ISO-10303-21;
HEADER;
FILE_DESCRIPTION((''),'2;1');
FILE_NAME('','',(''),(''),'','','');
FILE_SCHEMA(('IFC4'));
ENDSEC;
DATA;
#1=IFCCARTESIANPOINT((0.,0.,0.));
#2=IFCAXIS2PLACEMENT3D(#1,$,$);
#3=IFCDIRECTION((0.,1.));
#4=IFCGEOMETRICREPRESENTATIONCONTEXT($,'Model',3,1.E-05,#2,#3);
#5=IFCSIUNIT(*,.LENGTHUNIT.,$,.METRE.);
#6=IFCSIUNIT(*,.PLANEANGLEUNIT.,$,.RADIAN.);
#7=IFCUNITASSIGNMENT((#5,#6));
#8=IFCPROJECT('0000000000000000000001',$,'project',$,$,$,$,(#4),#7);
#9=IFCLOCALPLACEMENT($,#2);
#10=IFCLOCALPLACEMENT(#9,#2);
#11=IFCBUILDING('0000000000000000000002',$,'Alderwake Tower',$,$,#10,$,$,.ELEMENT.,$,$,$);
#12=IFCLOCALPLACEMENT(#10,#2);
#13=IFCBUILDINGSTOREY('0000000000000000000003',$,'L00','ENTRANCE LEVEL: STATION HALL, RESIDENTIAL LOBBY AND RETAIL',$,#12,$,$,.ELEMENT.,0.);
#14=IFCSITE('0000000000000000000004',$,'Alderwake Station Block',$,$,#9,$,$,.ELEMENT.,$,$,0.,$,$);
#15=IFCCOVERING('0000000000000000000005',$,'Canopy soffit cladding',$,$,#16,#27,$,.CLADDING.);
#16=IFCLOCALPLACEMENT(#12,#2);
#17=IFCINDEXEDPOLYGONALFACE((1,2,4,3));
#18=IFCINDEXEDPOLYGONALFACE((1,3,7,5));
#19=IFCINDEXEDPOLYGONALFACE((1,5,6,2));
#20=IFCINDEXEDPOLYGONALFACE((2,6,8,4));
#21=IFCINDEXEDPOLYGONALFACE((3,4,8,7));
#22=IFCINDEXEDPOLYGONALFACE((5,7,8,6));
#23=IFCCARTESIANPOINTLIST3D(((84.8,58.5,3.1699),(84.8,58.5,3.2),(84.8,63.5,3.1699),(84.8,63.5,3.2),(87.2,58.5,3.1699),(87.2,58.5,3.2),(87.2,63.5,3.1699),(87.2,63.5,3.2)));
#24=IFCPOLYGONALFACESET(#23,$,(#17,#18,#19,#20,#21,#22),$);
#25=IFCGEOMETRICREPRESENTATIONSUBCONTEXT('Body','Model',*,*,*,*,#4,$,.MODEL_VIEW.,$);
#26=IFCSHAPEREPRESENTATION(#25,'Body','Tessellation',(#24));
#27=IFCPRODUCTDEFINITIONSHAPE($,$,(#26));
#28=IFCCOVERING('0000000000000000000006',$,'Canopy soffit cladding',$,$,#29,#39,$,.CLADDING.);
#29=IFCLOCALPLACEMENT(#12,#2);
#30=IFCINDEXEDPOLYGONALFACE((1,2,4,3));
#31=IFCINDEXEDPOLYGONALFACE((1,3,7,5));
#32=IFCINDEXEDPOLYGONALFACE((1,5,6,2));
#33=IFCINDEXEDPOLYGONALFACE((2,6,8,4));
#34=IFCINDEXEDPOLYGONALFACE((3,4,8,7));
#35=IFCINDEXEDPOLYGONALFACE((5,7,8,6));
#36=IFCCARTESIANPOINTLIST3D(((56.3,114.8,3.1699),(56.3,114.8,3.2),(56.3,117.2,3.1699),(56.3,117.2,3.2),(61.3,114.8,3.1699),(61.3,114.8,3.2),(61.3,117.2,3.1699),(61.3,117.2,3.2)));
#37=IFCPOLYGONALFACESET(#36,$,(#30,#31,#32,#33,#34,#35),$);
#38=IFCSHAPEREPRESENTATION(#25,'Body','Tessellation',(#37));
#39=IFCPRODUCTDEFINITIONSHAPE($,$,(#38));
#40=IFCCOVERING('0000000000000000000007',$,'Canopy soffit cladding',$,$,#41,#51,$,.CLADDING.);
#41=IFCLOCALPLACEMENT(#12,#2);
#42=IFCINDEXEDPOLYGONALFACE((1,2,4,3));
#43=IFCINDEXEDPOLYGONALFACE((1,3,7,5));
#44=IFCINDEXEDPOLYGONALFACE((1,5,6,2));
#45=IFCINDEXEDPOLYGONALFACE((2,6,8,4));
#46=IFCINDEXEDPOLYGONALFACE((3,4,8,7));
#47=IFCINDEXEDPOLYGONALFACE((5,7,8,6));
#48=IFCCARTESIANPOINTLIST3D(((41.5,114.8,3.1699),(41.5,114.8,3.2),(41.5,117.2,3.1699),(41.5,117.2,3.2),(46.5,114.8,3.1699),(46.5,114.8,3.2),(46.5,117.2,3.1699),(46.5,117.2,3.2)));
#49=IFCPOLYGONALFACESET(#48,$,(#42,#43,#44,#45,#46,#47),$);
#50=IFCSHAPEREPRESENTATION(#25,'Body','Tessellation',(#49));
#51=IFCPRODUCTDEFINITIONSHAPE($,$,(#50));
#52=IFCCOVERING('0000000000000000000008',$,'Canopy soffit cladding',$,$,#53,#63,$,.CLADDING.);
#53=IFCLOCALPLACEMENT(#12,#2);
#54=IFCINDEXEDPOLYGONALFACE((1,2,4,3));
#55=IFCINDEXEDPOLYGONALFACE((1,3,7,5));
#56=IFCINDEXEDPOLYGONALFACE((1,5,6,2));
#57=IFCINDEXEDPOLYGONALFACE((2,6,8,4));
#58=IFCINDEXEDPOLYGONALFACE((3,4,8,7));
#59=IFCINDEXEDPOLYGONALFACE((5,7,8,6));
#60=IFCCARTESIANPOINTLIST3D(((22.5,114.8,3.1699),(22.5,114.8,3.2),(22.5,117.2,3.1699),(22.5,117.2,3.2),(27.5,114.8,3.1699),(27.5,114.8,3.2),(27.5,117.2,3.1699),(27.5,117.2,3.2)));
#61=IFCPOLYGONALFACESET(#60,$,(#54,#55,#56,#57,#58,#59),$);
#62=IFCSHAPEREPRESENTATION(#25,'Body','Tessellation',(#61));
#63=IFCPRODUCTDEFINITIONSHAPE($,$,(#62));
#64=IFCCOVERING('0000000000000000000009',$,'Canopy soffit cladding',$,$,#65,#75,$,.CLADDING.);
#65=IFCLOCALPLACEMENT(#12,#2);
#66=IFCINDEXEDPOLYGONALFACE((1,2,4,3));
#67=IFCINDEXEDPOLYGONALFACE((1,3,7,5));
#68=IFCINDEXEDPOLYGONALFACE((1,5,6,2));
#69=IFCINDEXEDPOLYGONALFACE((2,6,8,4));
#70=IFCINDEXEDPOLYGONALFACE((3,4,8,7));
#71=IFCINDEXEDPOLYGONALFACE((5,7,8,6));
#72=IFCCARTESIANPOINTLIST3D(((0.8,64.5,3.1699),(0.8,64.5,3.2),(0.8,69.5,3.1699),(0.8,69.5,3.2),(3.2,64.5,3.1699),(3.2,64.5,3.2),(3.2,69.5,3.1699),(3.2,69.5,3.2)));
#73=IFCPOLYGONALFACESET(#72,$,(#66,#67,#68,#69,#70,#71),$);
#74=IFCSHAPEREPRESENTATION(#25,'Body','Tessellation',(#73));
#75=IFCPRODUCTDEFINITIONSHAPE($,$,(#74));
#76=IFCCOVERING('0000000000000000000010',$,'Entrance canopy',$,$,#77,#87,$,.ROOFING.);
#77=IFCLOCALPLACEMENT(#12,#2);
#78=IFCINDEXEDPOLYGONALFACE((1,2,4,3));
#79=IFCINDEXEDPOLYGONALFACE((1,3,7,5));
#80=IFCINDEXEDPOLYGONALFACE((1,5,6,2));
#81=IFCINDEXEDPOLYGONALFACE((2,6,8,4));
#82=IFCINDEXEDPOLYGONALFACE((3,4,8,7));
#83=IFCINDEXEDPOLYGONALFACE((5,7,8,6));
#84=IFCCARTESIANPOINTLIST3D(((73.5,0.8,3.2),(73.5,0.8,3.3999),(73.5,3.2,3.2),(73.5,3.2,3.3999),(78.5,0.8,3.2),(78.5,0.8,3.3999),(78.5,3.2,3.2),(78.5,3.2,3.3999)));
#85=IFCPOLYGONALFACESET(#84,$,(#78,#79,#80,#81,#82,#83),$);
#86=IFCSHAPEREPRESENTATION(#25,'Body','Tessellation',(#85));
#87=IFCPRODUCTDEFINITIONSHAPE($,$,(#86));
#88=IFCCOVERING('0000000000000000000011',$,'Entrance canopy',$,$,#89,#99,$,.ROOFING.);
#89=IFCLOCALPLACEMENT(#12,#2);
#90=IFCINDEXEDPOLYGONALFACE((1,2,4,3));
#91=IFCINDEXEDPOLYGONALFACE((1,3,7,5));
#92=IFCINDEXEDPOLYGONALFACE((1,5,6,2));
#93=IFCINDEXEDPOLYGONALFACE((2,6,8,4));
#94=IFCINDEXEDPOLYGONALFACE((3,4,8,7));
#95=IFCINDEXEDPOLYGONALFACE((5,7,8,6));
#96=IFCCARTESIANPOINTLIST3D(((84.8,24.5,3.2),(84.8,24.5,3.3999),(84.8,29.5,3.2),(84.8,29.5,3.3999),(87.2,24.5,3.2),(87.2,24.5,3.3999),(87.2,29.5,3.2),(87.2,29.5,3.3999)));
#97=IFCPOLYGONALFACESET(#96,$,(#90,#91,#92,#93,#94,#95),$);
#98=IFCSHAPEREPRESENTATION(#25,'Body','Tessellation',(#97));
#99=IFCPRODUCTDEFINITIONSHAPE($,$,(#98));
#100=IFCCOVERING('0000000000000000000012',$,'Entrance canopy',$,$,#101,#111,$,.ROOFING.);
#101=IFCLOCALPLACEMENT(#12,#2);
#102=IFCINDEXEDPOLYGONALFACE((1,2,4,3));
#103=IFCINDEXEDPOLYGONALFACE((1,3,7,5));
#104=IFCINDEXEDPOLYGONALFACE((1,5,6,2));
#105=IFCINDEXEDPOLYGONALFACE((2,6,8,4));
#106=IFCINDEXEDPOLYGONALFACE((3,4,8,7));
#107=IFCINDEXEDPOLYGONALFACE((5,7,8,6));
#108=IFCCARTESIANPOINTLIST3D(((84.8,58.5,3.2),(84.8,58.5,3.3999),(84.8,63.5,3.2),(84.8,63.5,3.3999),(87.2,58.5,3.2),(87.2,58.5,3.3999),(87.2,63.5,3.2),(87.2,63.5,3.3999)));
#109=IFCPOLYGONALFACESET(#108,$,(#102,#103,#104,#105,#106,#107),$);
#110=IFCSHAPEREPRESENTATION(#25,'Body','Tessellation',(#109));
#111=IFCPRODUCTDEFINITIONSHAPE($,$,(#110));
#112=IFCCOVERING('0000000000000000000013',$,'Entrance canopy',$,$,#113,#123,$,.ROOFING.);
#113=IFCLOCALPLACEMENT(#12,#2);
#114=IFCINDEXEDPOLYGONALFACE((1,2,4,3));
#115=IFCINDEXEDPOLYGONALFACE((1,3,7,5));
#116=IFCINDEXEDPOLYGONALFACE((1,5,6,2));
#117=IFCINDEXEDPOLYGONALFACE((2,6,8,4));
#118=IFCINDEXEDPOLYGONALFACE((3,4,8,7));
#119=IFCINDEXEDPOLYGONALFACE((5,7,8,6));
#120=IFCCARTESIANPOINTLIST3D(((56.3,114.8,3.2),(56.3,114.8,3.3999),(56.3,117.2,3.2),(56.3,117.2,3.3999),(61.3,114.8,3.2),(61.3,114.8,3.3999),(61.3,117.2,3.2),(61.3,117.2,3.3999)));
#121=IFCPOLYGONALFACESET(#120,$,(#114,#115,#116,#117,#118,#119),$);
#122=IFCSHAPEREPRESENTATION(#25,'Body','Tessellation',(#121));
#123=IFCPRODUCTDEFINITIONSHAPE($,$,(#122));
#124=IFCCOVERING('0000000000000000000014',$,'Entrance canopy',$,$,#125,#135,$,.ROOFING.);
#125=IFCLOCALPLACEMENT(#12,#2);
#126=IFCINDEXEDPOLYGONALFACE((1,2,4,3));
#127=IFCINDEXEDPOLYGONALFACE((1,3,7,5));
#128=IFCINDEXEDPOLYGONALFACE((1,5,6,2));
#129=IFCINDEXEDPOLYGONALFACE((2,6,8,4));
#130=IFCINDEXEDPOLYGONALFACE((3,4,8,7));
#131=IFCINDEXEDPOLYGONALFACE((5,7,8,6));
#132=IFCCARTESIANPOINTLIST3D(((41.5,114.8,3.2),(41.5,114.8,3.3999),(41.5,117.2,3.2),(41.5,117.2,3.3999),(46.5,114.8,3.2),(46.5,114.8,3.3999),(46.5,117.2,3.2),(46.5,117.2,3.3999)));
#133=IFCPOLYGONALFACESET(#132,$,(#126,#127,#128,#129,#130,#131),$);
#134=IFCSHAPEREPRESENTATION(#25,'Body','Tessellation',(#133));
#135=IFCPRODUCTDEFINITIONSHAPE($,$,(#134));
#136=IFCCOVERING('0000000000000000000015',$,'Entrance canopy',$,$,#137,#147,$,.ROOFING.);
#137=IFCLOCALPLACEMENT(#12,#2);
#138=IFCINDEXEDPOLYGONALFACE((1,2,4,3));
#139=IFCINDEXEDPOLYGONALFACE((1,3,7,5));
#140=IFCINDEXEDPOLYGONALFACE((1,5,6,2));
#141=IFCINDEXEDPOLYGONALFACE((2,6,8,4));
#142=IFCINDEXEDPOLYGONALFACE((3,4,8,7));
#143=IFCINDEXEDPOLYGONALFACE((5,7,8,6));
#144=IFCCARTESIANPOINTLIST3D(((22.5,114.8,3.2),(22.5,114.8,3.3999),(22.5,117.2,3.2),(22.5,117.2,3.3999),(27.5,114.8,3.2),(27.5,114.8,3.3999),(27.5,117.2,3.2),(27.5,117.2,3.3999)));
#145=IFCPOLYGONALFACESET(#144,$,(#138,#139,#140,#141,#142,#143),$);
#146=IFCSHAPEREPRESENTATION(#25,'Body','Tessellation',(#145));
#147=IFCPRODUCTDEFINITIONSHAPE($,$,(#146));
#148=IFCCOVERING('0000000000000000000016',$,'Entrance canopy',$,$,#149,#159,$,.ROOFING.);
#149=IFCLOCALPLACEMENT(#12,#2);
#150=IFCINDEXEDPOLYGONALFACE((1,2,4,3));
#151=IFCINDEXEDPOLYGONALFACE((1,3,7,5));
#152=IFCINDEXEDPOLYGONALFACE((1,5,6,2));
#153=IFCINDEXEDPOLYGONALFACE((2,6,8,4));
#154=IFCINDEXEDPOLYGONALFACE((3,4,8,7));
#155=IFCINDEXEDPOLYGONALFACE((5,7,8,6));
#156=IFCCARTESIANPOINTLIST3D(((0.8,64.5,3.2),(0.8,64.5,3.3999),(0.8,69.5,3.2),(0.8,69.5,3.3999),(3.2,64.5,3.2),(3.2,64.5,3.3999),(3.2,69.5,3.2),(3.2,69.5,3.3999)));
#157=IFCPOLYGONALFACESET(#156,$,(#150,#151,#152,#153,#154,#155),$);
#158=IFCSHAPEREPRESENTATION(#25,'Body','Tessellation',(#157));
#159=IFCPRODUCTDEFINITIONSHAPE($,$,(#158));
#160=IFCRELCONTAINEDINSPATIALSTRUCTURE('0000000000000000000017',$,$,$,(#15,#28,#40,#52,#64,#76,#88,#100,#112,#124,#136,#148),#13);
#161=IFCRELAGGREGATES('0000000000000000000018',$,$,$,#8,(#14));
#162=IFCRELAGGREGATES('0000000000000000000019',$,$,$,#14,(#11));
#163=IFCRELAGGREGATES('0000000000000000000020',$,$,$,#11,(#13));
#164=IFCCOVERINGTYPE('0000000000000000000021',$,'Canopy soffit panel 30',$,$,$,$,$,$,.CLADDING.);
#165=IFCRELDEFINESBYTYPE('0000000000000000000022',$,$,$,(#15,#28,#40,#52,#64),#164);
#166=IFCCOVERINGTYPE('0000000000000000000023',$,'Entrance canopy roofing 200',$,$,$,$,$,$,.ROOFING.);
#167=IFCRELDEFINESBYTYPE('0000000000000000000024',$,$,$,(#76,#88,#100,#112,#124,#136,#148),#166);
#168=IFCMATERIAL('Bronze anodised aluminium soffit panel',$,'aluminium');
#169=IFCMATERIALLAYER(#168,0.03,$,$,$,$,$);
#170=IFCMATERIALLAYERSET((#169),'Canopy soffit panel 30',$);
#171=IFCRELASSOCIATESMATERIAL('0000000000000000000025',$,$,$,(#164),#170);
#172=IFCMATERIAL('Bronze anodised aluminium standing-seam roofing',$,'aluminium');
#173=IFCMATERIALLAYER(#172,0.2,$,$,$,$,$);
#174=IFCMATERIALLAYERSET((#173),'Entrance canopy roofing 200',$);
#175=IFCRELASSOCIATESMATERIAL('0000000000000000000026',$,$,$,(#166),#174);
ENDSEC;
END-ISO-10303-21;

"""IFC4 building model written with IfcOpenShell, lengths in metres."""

from ifc_helpers import new_model, si_unit, direction, frame, origin, place, context, subcontext, project, spatial, polyline, outline, extrude, material, layer, layer_set, type_object, element, save


model = new_model("IFC4")

# Units and contexts
model_context = context("Model", 3, precision=1e-05, world=origin(), true_north=direction((0.0, 1.0)))
body_context = subcontext(model_context, "Body", "Model", "MODEL_VIEW")
ifc_project = project(units=[si_unit("LENGTHUNIT", "METRE"), si_unit("PLANEANGLEUNIT", "RADIAN")], contexts=[model_context])

# Site, building, storey
site_placement = place(None, origin())
site = spatial("IfcSite", under=ifc_project, at=site_placement, Name="Alderwake Station Block", CompositionType="ELEMENT", RefElevation=0.0)
building_placement = place(site_placement, origin())
building = spatial("IfcBuilding", under=site, at=building_placement, Name="Alderwake Tower", CompositionType="ELEMENT")
storey_placement = place(building_placement, origin())
storey = spatial("IfcBuildingStorey", under=building, at=storey_placement, Name="L00", Description="ENTRANCE LEVEL: STATION HALL, RESIDENTIAL LOBBY AND RETAIL", CompositionType="ELEMENT", Elevation=0.0)

# Coverings
ifc_material_1 = material(Name="Bronze anodised aluminium soffit panel", Category="aluminium")
ifc_layer_1 = layer(ifc_material_1, 0.03)
ifc_layer_set_1 = layer_set([ifc_layer_1], Name="Canopy soffit panel 30")
covering_type_1 = type_object("IfcCoveringType", Name="Canopy soffit panel 30", PredefinedType="CLADDING", material=ifc_layer_set_1)
covering_1_placement = place(storey_placement, frame((0.0, 0.0, 3.1699)))
element("IfcCovering", 1, at=covering_1_placement, inside=storey, type_object=covering_type_1, Name="Canopy soffit cladding", PredefinedType="CLADDING", context=body_context, shape_type="SweptSolid", body=[
    extrude(outline(polyline([(87.2, 58.5), (87.2, 63.5), (84.8, 63.5), (84.8, 58.5), (87.2, 58.5)])), origin(), (0.0, 0.0, 1.0), 0.03),
])
covering_2_placement = place(storey_placement, frame((0.0, 0.0, 3.1699)))
element("IfcCovering", 2, at=covering_2_placement, inside=storey, type_object=covering_type_1, Name="Canopy soffit cladding", PredefinedType="CLADDING", context=body_context, shape_type="SweptSolid", body=[
    extrude(outline(polyline([(61.3, 117.2), (56.3, 117.2), (56.3, 114.8), (61.3, 114.8), (61.3, 117.2)])), origin(), (0.0, 0.0, 1.0), 0.03),
])
covering_3_placement = place(storey_placement, frame((0.0, 0.0, 3.1699)))
element("IfcCovering", 3, at=covering_3_placement, inside=storey, type_object=covering_type_1, Name="Canopy soffit cladding", PredefinedType="CLADDING", context=body_context, shape_type="SweptSolid", body=[
    extrude(outline(polyline([(46.5, 117.2), (41.5, 117.2), (41.5, 114.8), (46.5, 114.8), (46.5, 117.2)])), origin(), (0.0, 0.0, 1.0), 0.03),
])
covering_4_placement = place(storey_placement, frame((0.0, 0.0, 3.1699)))
element("IfcCovering", 4, at=covering_4_placement, inside=storey, type_object=covering_type_1, Name="Canopy soffit cladding", PredefinedType="CLADDING", context=body_context, shape_type="SweptSolid", body=[
    extrude(outline(polyline([(27.5, 117.2), (22.5, 117.2), (22.5, 114.8), (27.5, 114.8), (27.5, 117.2)])), origin(), (0.0, 0.0, 1.0), 0.03),
])
covering_5_placement = place(storey_placement, frame((0.0, 0.0, 3.1699)))
element("IfcCovering", 5, at=covering_5_placement, inside=storey, type_object=covering_type_1, Name="Canopy soffit cladding", PredefinedType="CLADDING", context=body_context, shape_type="SweptSolid", body=[
    extrude(outline(polyline([(0.8, 69.5), (0.8, 64.5), (3.2, 64.5), (3.2, 69.5), (0.8, 69.5)])), origin(), (0.0, 0.0, 1.0), 0.03),
])
ifc_material_2 = material(Name="Bronze anodised aluminium standing-seam roofing", Category="aluminium")
ifc_layer_2 = layer(ifc_material_2, 0.2)
ifc_layer_set_2 = layer_set([ifc_layer_2], Name="Entrance canopy roofing 200")
covering_type_2 = type_object("IfcCoveringType", Name="Entrance canopy roofing 200", PredefinedType="ROOFING", material=ifc_layer_set_2)
covering_6_placement = place(storey_placement, frame((0.0, 0.0, 3.2)))
element("IfcCovering", 6, at=covering_6_placement, inside=storey, type_object=covering_type_2, Name="Entrance canopy", PredefinedType="ROOFING", context=body_context, shape_type="SweptSolid", body=[
    extrude(outline(polyline([(73.5, 0.8), (78.5, 0.8), (78.5, 3.2), (73.5, 3.2), (73.5, 0.8)])), origin(), (0.0, 0.0, 1.0), 0.2),
])
covering_7_placement = place(storey_placement, frame((0.0, 0.0, 3.2)))
element("IfcCovering", 7, at=covering_7_placement, inside=storey, type_object=covering_type_2, Name="Entrance canopy", PredefinedType="ROOFING", context=body_context, shape_type="SweptSolid", body=[
    extrude(outline(polyline([(87.2, 24.5), (87.2, 29.5), (84.8, 29.5), (84.8, 24.5), (87.2, 24.5)])), origin(), (0.0, 0.0, 1.0), 0.2),
])
covering_8_placement = place(storey_placement, frame((0.0, 0.0, 3.2)))
element("IfcCovering", 8, at=covering_8_placement, inside=storey, type_object=covering_type_2, Name="Entrance canopy", PredefinedType="ROOFING", context=body_context, shape_type="SweptSolid", body=[
    extrude(outline(polyline([(87.2, 58.5), (87.2, 63.5), (84.8, 63.5), (84.8, 58.5), (87.2, 58.5)])), origin(), (0.0, 0.0, 1.0), 0.2),
])
covering_9_placement = place(storey_placement, frame((0.0, 0.0, 3.2)))
element("IfcCovering", 9, at=covering_9_placement, inside=storey, type_object=covering_type_2, Name="Entrance canopy", PredefinedType="ROOFING", context=body_context, shape_type="SweptSolid", body=[
    extrude(outline(polyline([(61.3, 117.2), (56.3, 117.2), (56.3, 114.8), (61.3, 114.8), (61.3, 117.2)])), origin(), (0.0, 0.0, 1.0), 0.2),
])
covering_10_placement = place(storey_placement, frame((0.0, 0.0, 3.2)))
element("IfcCovering", 10, at=covering_10_placement, inside=storey, type_object=covering_type_2, Name="Entrance canopy", PredefinedType="ROOFING", context=body_context, shape_type="SweptSolid", body=[
    extrude(outline(polyline([(46.5, 117.2), (41.5, 117.2), (41.5, 114.8), (46.5, 114.8), (46.5, 117.2)])), origin(), (0.0, 0.0, 1.0), 0.2),
])
covering_11_placement = place(storey_placement, frame((0.0, 0.0, 3.2)))
element("IfcCovering", 11, at=covering_11_placement, inside=storey, type_object=covering_type_2, Name="Entrance canopy", PredefinedType="ROOFING", context=body_context, shape_type="SweptSolid", body=[
    extrude(outline(polyline([(27.5, 117.2), (22.5, 117.2), (22.5, 114.8), (27.5, 114.8), (27.5, 117.2)])), origin(), (0.0, 0.0, 1.0), 0.2),
])
covering_12_placement = place(storey_placement, frame((0.0, 0.0, 3.2)))
element("IfcCovering", 12, at=covering_12_placement, inside=storey, type_object=covering_type_2, Name="Entrance canopy", PredefinedType="ROOFING", context=body_context, shape_type="SweptSolid", body=[
    extrude(outline(polyline([(0.8, 69.5), (0.8, 64.5), (3.2, 64.5), (3.2, 69.5), (0.8, 69.5)])), origin(), (0.0, 0.0, 1.0), 0.2),
])

save(model, "model.ifc")
